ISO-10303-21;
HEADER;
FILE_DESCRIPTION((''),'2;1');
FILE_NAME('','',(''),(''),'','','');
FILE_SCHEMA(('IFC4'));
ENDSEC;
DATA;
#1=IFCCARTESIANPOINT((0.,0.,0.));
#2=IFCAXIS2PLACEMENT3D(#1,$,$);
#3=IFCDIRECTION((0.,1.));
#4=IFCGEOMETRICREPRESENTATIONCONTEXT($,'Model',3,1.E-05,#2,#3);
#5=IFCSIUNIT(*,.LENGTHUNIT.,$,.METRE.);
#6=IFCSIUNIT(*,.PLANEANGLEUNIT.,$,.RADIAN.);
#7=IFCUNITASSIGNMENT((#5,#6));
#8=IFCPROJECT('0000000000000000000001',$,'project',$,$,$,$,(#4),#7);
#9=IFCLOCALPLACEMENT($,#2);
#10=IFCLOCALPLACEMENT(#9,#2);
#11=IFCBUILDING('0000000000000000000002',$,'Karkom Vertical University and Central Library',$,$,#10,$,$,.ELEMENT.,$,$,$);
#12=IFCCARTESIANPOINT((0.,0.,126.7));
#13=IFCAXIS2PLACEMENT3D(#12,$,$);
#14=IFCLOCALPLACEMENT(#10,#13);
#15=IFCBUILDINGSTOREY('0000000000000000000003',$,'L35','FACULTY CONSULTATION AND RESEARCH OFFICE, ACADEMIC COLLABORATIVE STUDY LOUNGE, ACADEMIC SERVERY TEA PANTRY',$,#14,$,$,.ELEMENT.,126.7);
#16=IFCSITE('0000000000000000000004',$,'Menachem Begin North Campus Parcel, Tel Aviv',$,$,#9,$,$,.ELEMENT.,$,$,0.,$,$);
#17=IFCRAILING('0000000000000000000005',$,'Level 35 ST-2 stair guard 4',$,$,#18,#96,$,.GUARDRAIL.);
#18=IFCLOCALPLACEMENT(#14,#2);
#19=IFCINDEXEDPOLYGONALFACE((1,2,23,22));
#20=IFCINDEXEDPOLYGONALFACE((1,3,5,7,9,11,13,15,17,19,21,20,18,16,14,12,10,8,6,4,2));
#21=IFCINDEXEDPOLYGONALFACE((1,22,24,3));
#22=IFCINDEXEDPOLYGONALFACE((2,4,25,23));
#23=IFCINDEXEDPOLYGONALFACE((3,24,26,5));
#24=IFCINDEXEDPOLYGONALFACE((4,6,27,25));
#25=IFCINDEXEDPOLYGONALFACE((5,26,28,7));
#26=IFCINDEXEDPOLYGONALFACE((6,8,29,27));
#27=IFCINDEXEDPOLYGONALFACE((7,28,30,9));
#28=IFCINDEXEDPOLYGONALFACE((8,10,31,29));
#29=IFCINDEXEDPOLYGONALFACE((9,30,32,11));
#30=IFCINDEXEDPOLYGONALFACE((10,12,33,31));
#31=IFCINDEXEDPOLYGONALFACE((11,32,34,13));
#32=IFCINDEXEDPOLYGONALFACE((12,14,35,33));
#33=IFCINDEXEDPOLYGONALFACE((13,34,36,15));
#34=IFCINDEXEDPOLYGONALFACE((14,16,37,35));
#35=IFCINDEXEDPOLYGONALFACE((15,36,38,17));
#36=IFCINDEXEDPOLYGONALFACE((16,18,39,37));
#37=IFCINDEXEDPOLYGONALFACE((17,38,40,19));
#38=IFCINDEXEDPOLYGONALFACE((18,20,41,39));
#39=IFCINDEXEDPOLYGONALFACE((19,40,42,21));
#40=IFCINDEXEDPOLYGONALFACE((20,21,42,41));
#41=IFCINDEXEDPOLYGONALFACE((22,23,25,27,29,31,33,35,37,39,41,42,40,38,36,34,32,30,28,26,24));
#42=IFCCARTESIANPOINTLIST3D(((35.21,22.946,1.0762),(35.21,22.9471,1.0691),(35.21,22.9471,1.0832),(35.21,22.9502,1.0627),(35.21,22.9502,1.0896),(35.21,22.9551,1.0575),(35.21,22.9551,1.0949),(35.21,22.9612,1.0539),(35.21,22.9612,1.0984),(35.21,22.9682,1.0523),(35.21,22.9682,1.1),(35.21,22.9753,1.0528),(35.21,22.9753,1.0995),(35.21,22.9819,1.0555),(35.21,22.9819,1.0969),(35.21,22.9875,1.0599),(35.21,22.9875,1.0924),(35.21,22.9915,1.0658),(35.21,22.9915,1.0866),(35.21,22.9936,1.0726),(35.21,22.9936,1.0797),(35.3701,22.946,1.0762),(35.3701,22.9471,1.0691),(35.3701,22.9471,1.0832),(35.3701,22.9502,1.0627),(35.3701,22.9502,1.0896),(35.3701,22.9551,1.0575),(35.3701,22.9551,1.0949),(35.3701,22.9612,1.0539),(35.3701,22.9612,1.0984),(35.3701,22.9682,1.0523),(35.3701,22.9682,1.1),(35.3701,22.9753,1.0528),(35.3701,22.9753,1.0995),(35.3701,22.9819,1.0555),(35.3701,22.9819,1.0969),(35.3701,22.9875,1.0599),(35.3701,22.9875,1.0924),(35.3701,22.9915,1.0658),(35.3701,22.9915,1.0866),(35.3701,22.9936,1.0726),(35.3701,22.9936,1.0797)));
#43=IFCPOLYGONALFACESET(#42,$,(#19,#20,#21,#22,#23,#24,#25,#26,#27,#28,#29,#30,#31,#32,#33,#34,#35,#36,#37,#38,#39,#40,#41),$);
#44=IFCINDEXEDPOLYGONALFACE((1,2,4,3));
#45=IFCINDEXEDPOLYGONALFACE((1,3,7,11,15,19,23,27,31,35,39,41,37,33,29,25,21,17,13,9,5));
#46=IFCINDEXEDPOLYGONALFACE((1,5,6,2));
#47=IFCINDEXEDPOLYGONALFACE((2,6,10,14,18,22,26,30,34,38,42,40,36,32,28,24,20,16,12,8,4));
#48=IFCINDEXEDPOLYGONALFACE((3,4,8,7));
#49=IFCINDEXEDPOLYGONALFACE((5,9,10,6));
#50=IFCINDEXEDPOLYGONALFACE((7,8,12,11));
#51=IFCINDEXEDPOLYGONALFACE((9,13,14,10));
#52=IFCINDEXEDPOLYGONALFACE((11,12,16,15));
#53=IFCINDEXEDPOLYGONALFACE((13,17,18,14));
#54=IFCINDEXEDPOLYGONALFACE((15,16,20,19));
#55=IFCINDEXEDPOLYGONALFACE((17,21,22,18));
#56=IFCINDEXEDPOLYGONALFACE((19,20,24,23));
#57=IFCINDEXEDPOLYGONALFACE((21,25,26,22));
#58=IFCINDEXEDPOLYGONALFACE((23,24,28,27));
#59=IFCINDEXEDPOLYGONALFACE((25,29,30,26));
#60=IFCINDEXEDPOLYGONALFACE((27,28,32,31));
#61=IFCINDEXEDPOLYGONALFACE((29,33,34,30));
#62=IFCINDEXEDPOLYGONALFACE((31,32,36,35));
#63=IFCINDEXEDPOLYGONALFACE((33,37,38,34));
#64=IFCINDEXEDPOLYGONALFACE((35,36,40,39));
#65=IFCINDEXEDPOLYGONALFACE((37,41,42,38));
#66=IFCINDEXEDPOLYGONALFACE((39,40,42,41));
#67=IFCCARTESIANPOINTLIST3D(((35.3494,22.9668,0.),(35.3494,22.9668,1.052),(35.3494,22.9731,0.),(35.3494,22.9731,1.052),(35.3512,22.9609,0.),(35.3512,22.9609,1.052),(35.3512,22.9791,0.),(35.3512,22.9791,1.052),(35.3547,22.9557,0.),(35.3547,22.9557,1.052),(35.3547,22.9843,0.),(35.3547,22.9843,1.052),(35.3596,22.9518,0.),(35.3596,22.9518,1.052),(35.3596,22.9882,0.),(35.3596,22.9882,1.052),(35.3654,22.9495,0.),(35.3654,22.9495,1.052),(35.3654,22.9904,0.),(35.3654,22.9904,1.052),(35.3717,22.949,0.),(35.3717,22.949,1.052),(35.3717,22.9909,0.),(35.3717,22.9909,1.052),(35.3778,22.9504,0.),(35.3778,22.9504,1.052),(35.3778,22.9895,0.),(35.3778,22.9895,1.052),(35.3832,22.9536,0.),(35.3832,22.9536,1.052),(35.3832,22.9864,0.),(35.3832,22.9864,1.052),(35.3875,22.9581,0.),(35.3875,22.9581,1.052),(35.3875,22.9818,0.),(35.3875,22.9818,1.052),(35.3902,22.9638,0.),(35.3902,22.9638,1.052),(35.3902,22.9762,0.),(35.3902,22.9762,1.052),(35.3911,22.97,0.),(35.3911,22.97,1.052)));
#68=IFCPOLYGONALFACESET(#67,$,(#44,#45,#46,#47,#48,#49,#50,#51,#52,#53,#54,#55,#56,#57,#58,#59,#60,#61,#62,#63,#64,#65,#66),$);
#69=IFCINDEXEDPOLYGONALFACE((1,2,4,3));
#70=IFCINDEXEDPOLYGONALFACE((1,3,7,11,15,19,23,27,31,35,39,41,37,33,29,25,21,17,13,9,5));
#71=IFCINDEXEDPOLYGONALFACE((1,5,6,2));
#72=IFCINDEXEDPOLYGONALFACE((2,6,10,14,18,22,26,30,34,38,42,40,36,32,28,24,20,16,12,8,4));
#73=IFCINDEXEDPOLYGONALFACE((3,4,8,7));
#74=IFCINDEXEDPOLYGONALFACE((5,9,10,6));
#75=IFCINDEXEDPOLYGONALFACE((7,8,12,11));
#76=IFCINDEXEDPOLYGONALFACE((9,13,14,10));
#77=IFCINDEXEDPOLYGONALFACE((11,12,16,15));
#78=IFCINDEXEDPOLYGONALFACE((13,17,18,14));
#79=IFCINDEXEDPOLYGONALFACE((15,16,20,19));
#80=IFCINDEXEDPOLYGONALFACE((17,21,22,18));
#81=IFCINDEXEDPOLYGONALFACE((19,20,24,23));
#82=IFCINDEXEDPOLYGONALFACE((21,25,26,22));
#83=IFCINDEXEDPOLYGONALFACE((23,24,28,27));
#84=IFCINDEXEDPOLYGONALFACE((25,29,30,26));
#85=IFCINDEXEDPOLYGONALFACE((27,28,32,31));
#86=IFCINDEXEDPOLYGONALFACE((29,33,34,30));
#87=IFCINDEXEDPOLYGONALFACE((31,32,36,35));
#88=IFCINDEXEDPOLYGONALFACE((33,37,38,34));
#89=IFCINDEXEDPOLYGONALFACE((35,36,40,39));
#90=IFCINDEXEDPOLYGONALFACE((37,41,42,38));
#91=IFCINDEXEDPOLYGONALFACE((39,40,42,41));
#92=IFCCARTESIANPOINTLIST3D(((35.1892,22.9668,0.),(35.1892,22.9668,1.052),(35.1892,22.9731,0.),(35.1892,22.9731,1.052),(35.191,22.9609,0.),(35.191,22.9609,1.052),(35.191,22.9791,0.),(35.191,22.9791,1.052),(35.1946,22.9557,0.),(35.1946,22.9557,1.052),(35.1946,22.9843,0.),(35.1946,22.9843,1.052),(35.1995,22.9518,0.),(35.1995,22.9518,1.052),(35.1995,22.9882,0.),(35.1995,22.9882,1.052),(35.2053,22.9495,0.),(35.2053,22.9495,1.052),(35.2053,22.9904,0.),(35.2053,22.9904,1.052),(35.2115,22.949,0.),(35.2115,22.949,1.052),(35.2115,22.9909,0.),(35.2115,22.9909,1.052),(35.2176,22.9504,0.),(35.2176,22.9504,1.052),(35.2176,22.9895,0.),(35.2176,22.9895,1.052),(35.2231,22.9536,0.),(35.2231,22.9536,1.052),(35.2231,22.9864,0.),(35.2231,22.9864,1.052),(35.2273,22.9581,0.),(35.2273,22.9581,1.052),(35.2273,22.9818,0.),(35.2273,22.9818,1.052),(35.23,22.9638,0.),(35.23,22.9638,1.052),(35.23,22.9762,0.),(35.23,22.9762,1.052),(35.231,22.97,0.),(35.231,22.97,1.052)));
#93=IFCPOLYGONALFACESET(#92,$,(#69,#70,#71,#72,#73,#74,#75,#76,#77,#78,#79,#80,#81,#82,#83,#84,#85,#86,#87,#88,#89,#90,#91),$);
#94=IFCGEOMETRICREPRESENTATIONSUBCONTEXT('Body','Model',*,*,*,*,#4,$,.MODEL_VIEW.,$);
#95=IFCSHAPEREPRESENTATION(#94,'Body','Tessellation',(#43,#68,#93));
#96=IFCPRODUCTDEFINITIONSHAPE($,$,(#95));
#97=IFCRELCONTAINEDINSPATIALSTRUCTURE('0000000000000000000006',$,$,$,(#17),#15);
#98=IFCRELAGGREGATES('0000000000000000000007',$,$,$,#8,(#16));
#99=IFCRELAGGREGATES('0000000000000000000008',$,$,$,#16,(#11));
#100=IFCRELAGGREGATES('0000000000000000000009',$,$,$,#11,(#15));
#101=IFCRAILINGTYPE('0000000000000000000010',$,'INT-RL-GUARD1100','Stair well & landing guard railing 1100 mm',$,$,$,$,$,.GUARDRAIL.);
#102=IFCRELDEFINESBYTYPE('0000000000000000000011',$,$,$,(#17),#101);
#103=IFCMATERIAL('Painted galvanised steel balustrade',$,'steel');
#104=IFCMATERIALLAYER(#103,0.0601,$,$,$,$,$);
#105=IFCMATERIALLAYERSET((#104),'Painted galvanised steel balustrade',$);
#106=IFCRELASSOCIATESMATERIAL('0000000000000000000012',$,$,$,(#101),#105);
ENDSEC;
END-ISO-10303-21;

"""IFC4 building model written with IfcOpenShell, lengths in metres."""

from ifc_helpers import new_model, si_unit, direction, frame, origin, origin_2d, place, context, subcontext, project, spatial, circle, extrude, material, layer, layer_set, type_object, element, save


model = new_model("IFC4")

# Units and contexts
model_context = context("Model", 3, precision=1e-05, world=origin(), true_north=direction((0.0, 1.0)))
body_context = subcontext(model_context, "Body", "Model", "MODEL_VIEW")
ifc_project = project(units=[si_unit("LENGTHUNIT", "METRE"), si_unit("PLANEANGLEUNIT", "RADIAN")], contexts=[model_context])

# Site, building, storey
site_placement = place(None, origin())
site = spatial("IfcSite", under=ifc_project, at=site_placement, Name="Menachem Begin North Campus Parcel, Tel Aviv", CompositionType="ELEMENT", RefElevation=0.0)
building_placement = place(site_placement, origin())
building = spatial("IfcBuilding", under=site, at=building_placement, Name="Karkom Vertical University and Central Library", CompositionType="ELEMENT")
storey_placement = place(building_placement, frame((0.0, 0.0, 126.7)))
storey = spatial("IfcBuildingStorey", under=building, at=storey_placement, Name="L35", Description="FACULTY CONSULTATION AND RESEARCH OFFICE, ACADEMIC COLLABORATIVE STUDY LOUNGE, ACADEMIC SERVERY TEA PANTRY", CompositionType="ELEMENT", Elevation=126.7)

# Railing
ifc_material_1 = material(Name="Painted galvanised steel balustrade", Category="steel")
ifc_layer_1 = layer(ifc_material_1, 0.0601)
ifc_layer_set_1 = layer_set([ifc_layer_1], Name="Painted galvanised steel balustrade")
railing_type_1 = type_object("IfcRailingType", Name="INT-RL-GUARD1100", Description="Stair well & landing guard railing 1100 mm", PredefinedType="GUARDRAIL", material=ifc_layer_set_1)
railing_1_placement = place(storey_placement, frame((35.3701, 22.97, 0.0)))
element("IfcRailing", 1, at=railing_1_placement, inside=storey, type_object=railing_type_1, Name="Level 35 ST-2 stair guard 4", PredefinedType="GUARDRAIL", context=body_context, shape_type="SweptSolid", body=[
    extrude(circle(Radius=0.0239, at=origin_2d()), frame((0.0, 0.0, 1.0762), z_axis=(-1.0, 0.0, 0.0), x_axis=(0.0, -1.0, 0.0)), (0.0, 0.0, 1.0), 0.1602),
    extrude(circle(Radius=0.021, at=origin_2d()), origin(), (0.0, 0.0, 1.0), 1.052),
    extrude(circle(Radius=0.021, at=origin_2d()), frame((-0.1602, 0.0, 0.0)), (0.0, 0.0, 1.0), 1.052),
])

save(model, "model.ifc")
